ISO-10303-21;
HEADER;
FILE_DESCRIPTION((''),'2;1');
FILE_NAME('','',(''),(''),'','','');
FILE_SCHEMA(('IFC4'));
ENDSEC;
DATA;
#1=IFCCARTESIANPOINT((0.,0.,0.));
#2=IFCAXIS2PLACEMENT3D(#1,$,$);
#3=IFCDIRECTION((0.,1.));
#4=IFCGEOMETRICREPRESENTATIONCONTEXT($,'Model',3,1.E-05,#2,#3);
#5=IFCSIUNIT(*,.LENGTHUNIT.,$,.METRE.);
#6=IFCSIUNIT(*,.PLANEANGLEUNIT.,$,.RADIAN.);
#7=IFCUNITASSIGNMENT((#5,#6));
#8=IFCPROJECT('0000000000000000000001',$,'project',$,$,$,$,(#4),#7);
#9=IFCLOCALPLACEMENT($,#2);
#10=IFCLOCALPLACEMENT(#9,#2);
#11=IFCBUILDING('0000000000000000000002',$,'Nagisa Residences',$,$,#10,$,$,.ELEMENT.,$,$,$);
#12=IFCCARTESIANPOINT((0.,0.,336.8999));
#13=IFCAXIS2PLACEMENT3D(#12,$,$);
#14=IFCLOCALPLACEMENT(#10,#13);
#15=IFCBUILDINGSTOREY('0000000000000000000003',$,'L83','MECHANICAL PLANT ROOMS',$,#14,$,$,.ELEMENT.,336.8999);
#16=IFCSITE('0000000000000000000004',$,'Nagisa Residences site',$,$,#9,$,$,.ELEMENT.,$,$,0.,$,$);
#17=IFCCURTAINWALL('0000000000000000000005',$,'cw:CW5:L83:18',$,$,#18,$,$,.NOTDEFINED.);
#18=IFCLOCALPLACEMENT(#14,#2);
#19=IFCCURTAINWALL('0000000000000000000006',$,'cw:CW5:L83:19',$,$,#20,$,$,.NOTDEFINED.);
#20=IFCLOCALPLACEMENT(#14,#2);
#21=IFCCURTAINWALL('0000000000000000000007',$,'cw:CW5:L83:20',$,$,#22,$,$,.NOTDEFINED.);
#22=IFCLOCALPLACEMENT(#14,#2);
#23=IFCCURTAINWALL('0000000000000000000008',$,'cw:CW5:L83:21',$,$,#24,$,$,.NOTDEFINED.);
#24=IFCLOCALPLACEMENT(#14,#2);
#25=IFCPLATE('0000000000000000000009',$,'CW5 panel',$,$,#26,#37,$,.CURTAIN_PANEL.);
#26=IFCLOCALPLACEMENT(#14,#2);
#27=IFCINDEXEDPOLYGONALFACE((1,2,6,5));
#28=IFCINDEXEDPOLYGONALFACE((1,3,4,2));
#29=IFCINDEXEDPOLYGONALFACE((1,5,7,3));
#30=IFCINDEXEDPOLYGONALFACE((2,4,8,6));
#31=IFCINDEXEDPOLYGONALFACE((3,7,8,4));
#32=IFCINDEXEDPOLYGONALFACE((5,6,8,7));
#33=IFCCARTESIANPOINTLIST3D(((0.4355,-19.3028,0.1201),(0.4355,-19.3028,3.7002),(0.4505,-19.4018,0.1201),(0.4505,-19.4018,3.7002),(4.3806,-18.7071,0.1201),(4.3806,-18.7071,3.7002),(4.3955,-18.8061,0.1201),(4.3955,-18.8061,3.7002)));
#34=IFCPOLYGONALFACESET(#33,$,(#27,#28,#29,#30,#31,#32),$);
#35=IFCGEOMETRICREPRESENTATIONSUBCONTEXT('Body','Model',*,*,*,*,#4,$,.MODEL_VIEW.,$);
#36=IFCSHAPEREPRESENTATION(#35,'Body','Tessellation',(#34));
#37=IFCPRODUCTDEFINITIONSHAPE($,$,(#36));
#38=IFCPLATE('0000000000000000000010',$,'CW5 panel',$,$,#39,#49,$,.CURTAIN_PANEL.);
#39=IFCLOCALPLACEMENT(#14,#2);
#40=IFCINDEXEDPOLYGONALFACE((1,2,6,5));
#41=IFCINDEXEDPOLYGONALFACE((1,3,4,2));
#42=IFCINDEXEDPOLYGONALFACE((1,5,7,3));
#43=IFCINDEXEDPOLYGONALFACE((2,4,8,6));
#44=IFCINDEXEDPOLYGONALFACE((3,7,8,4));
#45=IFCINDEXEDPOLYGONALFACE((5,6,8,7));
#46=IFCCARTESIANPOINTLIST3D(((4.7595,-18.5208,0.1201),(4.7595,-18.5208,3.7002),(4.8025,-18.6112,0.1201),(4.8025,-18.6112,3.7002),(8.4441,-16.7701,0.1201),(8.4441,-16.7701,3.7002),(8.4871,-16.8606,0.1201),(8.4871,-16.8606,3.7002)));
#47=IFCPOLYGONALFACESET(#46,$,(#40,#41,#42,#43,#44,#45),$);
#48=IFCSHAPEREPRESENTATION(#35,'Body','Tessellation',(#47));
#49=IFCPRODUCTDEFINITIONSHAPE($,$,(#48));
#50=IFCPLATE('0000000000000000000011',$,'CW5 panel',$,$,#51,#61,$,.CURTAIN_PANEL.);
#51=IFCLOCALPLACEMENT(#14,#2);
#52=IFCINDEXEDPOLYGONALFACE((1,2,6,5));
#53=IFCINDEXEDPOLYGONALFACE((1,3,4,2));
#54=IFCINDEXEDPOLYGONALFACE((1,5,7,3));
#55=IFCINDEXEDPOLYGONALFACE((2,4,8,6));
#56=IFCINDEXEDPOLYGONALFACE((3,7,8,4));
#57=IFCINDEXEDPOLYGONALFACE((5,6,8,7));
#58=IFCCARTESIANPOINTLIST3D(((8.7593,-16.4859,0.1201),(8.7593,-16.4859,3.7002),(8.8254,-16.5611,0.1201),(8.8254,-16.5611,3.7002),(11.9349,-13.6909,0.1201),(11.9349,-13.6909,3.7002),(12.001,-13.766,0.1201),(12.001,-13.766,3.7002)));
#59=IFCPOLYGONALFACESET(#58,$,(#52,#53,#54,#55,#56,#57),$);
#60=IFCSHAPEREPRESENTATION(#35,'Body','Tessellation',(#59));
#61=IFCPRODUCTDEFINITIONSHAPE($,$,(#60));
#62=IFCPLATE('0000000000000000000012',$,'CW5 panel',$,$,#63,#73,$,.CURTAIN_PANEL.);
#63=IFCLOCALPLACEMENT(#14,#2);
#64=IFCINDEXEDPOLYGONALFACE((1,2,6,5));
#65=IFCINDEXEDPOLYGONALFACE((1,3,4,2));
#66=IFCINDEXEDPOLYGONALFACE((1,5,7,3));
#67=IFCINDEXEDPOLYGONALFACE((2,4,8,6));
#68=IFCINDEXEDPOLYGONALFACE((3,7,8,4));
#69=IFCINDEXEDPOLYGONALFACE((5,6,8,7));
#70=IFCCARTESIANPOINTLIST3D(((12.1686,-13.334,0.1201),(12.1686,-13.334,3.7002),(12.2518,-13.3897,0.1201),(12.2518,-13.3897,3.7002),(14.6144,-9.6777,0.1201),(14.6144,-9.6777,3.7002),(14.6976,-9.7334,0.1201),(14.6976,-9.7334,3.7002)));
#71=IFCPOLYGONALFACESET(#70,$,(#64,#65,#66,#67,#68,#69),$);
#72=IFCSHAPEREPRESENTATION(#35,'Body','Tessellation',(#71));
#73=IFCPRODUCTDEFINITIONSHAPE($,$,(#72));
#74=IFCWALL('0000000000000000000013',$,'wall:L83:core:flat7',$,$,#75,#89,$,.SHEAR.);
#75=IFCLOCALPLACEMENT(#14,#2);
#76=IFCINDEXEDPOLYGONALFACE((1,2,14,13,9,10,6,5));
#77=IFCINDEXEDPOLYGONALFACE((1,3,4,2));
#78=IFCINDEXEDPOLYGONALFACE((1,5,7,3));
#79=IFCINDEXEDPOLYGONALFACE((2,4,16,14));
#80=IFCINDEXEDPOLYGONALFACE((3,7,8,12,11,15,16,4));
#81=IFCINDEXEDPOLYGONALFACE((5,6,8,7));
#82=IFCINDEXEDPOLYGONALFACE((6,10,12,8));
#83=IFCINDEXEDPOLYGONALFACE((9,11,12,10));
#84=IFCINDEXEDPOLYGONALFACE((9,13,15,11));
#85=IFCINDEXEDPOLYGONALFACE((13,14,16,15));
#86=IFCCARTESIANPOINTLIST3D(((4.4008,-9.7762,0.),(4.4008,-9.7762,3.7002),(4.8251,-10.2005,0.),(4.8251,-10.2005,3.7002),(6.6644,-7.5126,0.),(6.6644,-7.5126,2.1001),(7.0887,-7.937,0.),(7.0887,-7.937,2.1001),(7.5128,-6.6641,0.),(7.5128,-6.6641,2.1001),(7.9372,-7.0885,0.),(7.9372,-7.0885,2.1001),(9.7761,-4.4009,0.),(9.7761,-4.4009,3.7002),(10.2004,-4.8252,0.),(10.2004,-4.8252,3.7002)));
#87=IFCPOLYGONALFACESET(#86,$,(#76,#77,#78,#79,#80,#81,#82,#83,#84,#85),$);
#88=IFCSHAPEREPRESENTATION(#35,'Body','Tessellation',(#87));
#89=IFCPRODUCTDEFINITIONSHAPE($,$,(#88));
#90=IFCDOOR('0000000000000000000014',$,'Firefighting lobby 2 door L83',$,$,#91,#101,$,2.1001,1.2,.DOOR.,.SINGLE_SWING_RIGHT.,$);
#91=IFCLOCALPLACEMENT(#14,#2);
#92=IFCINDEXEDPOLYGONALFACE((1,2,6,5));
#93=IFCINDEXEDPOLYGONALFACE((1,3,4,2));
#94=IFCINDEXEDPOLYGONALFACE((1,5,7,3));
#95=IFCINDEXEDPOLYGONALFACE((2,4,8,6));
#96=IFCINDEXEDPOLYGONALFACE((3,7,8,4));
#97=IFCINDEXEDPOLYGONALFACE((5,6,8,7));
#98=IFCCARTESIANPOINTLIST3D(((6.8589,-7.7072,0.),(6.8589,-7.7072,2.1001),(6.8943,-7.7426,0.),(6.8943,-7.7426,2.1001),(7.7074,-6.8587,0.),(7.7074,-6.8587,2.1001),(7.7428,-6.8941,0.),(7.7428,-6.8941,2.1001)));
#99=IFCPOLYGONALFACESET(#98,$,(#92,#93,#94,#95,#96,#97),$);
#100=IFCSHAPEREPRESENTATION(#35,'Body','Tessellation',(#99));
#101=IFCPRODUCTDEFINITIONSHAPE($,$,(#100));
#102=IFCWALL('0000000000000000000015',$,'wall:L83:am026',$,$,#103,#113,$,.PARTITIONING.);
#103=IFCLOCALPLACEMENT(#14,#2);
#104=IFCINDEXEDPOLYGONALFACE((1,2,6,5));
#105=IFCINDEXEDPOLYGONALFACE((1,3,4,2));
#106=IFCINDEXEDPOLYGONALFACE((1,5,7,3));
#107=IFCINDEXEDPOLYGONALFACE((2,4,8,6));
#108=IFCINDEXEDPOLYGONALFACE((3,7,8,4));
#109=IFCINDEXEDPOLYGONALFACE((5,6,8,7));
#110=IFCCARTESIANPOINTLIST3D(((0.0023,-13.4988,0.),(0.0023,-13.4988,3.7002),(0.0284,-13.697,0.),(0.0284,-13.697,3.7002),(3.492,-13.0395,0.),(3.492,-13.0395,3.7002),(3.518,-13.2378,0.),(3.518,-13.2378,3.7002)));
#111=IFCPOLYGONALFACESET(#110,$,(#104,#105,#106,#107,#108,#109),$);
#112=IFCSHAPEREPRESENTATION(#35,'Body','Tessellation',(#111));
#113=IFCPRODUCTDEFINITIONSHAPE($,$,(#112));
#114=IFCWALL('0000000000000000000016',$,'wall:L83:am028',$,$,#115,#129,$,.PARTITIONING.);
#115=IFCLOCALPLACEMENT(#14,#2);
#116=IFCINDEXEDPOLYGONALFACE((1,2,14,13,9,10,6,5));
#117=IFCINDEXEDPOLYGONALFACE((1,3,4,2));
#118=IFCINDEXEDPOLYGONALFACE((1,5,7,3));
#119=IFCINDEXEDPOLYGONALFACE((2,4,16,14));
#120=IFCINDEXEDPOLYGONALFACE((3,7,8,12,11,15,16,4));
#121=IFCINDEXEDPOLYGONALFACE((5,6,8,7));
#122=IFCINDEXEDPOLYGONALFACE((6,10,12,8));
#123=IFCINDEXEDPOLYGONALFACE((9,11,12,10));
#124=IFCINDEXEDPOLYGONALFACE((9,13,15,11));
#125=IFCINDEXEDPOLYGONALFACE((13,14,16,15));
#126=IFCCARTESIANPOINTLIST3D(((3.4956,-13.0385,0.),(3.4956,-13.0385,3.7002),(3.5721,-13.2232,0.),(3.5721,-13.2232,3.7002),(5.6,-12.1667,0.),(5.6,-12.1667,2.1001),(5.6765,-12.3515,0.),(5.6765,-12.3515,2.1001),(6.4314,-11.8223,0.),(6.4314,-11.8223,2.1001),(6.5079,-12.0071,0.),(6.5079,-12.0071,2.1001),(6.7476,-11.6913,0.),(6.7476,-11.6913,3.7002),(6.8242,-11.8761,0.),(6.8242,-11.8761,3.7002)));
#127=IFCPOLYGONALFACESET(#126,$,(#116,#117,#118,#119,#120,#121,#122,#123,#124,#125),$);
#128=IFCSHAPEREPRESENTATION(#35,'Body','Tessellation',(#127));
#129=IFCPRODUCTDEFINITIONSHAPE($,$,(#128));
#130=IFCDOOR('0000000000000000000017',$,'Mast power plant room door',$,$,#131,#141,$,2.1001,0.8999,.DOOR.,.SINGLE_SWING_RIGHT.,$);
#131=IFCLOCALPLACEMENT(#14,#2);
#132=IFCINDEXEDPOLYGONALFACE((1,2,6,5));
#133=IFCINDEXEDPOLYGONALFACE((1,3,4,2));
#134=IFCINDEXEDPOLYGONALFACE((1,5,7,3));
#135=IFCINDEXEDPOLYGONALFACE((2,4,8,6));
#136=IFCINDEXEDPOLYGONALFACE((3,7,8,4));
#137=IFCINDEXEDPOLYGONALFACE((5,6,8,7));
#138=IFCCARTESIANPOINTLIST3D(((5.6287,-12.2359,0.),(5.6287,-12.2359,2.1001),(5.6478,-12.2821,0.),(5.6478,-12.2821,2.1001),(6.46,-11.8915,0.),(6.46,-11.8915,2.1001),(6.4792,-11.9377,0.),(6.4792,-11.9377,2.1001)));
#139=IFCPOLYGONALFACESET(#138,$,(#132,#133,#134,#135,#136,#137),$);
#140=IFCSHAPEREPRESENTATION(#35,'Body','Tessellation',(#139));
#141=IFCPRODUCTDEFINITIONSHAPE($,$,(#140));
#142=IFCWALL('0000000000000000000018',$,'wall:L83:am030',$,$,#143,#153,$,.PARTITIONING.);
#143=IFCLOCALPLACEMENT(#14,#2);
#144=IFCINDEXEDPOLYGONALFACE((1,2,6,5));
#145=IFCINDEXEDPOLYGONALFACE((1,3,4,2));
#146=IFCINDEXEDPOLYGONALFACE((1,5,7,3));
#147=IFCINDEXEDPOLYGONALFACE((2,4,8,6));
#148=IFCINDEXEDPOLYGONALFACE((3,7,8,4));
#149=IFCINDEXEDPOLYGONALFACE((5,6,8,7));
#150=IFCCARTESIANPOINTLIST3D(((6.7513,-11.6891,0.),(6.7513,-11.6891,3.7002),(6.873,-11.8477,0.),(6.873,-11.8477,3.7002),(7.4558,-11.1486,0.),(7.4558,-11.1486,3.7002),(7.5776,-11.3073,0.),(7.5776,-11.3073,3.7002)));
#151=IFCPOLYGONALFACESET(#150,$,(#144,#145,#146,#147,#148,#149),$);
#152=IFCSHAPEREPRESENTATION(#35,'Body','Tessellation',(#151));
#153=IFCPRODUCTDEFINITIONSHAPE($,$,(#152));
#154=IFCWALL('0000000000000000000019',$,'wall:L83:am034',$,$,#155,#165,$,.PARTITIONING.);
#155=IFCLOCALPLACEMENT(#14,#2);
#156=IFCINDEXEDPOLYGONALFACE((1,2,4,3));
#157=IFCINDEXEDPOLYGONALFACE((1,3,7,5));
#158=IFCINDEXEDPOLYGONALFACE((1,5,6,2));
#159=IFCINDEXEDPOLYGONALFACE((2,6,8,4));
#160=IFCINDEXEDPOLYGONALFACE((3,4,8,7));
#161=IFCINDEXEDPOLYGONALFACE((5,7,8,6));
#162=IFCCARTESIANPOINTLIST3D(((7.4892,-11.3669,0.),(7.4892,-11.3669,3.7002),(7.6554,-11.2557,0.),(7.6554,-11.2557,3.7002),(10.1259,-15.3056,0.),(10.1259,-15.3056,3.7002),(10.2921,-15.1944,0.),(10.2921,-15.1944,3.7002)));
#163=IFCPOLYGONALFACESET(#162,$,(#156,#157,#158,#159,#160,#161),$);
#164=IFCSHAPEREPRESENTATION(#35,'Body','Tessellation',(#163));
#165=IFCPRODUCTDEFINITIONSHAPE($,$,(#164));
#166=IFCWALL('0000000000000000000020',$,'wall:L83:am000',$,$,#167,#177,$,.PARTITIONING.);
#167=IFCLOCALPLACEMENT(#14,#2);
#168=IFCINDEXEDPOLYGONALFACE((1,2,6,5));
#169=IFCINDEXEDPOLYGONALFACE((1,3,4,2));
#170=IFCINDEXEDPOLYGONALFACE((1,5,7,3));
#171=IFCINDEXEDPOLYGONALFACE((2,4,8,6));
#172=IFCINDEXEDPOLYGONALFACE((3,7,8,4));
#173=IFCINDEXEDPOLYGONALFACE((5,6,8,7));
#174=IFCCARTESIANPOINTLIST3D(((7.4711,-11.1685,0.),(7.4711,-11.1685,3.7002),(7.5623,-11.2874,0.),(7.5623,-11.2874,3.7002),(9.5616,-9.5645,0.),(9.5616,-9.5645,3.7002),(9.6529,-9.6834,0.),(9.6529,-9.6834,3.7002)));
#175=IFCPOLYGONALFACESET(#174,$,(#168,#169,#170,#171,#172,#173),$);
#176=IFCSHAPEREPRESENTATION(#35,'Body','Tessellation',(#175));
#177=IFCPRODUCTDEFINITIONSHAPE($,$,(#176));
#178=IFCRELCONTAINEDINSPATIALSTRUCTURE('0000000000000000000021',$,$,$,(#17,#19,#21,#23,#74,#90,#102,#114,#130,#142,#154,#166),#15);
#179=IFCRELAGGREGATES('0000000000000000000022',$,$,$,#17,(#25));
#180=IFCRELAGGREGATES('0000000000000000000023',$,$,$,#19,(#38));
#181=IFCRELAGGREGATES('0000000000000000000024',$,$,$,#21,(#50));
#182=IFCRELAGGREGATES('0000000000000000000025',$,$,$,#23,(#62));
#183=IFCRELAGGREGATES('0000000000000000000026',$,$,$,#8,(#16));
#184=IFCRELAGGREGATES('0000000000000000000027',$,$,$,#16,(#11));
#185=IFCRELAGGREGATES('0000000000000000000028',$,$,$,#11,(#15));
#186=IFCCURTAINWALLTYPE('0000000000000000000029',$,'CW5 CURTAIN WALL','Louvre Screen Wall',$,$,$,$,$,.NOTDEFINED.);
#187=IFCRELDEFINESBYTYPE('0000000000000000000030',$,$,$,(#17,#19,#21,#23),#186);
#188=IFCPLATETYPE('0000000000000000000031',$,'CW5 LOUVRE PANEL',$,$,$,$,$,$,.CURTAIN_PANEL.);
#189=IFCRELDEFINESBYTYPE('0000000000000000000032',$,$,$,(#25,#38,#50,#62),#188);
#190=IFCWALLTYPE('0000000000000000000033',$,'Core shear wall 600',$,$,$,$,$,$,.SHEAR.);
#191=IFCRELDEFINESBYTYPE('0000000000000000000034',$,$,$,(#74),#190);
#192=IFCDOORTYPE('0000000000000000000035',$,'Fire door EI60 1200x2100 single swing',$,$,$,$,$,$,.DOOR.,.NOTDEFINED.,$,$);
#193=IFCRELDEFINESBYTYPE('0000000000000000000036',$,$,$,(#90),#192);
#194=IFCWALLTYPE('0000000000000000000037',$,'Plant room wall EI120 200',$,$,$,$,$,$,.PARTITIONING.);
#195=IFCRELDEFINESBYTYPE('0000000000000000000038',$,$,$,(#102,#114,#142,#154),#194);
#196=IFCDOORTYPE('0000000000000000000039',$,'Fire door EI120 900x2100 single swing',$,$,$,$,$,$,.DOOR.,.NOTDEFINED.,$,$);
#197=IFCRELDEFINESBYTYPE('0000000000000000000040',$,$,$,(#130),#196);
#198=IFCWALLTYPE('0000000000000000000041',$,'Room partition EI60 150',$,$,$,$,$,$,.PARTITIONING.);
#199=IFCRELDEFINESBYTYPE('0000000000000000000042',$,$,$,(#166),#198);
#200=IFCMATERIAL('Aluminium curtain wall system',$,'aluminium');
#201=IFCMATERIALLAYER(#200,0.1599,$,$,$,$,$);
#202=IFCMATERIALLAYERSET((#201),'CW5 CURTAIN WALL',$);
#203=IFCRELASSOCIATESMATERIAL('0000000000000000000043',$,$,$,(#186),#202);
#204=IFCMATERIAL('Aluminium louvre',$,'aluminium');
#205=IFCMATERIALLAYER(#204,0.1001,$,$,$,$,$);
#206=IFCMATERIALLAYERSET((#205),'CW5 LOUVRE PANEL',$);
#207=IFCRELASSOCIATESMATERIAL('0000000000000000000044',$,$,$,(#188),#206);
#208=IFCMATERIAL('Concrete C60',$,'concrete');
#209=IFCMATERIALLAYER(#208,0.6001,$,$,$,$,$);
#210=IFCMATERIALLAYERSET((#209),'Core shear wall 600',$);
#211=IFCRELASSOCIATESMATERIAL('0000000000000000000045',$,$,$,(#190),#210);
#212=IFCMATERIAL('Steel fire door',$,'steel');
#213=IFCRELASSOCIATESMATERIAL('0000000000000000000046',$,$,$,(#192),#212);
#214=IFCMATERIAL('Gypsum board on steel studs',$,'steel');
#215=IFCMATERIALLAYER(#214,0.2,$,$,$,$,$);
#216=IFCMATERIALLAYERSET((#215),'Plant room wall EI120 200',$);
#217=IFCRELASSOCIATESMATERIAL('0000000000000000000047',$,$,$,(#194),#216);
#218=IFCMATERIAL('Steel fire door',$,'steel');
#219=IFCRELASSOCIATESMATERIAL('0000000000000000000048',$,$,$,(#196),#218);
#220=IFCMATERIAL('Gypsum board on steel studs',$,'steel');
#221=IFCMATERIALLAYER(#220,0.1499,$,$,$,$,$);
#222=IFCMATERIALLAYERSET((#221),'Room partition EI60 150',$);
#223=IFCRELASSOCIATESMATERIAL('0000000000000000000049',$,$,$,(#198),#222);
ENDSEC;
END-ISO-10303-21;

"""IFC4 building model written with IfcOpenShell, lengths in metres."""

from ifc_helpers import new_model, si_unit, direction, frame, frame_2d, origin, origin_2d, place, context, subcontext, project, spatial, rectangle, extrude, material, layer, layer_set, type_object, element, fill, aggregate, save


model = new_model("IFC4")

# Units and contexts
model_context = context("Model", 3, precision=1e-05, world=origin(), true_north=direction((0.0, 1.0)))
body_context = subcontext(model_context, "Body", "Model", "MODEL_VIEW")
ifc_project = project(units=[si_unit("LENGTHUNIT", "METRE"), si_unit("PLANEANGLEUNIT", "RADIAN")], contexts=[model_context])

# Site, building, storey
site_placement = place(None, origin())
site = spatial("IfcSite", under=ifc_project, at=site_placement, Name="Nagisa Residences site", CompositionType="ELEMENT", RefElevation=0.0)
building_placement = place(site_placement, origin())
building = spatial("IfcBuilding", under=site, at=building_placement, Name="Nagisa Residences", CompositionType="ELEMENT")
storey_placement = place(building_placement, frame((0.0, 0.0, 336.8999)))
storey = spatial("IfcBuildingStorey", under=building, at=storey_placement, Name="L83", Description="MECHANICAL PLANT ROOMS", CompositionType="ELEMENT", Elevation=336.8999)

# Curtain walls
ifc_material_1 = material(Name="Aluminium curtain wall system", Category="aluminium")
ifc_layer_1 = layer(ifc_material_1, 0.1599)
ifc_layer_set_1 = layer_set([ifc_layer_1], Name="CW5 CURTAIN WALL")
curtain_wall_type = type_object("IfcCurtainWallType", Name="CW5 CURTAIN WALL", Description="Louvre Screen Wall", PredefinedType="NOTDEFINED", material=ifc_layer_set_1)
curtain_wall_1_placement = place(storey_placement, origin())
curtain_wall_1 = element("IfcCurtainWall", 1, at=curtain_wall_1_placement, inside=storey, type_object=curtain_wall_type, Name="cw:CW5:L83:18", PredefinedType="NOTDEFINED")
curtain_wall_2_placement = place(storey_placement, origin())
curtain_wall_2 = element("IfcCurtainWall", 2, at=curtain_wall_2_placement, inside=storey, type_object=curtain_wall_type, Name="cw:CW5:L83:19", PredefinedType="NOTDEFINED")
curtain_wall_3_placement = place(storey_placement, origin())
curtain_wall_3 = element("IfcCurtainWall", 3, at=curtain_wall_3_placement, inside=storey, type_object=curtain_wall_type, Name="cw:CW5:L83:20", PredefinedType="NOTDEFINED")
curtain_wall_4_placement = place(storey_placement, origin())
curtain_wall_4 = element("IfcCurtainWall", 4, at=curtain_wall_4_placement, inside=storey, type_object=curtain_wall_type, Name="cw:CW5:L83:21", PredefinedType="NOTDEFINED")

# Plates
ifc_material_2 = material(Name="Aluminium louvre", Category="aluminium")
ifc_layer_2 = layer(ifc_material_2, 0.1001)
ifc_layer_set_2 = layer_set([ifc_layer_2], Name="CW5 LOUVRE PANEL")
plate_type = type_object("IfcPlateType", Name="CW5 LOUVRE PANEL", PredefinedType="CURTAIN_PANEL", material=ifc_layer_set_2)
plate_1_placement = place(storey_placement, frame((2.4155, -19.0544, 0.1201), z_axis=(0.0, 0.0, 1.0), x_axis=(0.988789, 0.14932, 0.0)))
plate_1 = element("IfcPlate", 5, at=plate_1_placement, type_object=plate_type, Name="CW5 panel", PredefinedType="CURTAIN_PANEL", context=body_context, shape_type="SweptSolid", body=[
    extrude(rectangle(XDim=3.9897, YDim=0.1001, at=origin_2d()), origin(), (0.0, 0.0, 1.0), 3.5801),
])
aggregate(curtain_wall_1, [plate_1])
plate_2_placement = place(storey_placement, frame((6.6233, -17.6907, 0.1201), z_axis=(0.0, 0.0, 1.0), x_axis=(0.903233, 0.429151, 0.0)))
plate_2 = element("IfcPlate", 6, at=plate_2_placement, type_object=plate_type, Name="CW5 panel", PredefinedType="CURTAIN_PANEL", context=body_context, shape_type="SweptSolid", body=[
    extrude(rectangle(XDim=4.0793, YDim=0.1001, at=origin_2d()), origin(), (0.0, 0.0, 1.0), 3.5801),
])
aggregate(curtain_wall_2, [plate_2])
plate_3_placement = place(storey_placement, frame((10.3801, -15.126, 0.1201), z_axis=(0.0, 0.0, 1.0), x_axis=(0.750651, 0.660699, 0.0)))
plate_3 = element("IfcPlate", 7, at=plate_3_placement, type_object=plate_type, Name="CW5 panel", PredefinedType="CURTAIN_PANEL", context=body_context, shape_type="SweptSolid", body=[
    extrude(rectangle(XDim=4.2305, YDim=0.1001, at=origin_2d()), origin(), (0.0, 0.0, 1.0), 3.5801),
])
aggregate(curtain_wall_3, [plate_3])
plate_4_placement = place(storey_placement, frame((13.4331, -11.5337, 0.1201), z_axis=(0.0, 0.0, 1.0), x_axis=(0.556014, 0.831173, 0.0)))
plate_4 = element("IfcPlate", 8, at=plate_4_placement, type_object=plate_type, Name="CW5 panel", PredefinedType="CURTAIN_PANEL", context=body_context, shape_type="SweptSolid", body=[
    extrude(rectangle(XDim=4.3989, YDim=0.1001, at=origin_2d()), origin(), (0.0, 0.0, 1.0), 3.5801),
])
aggregate(curtain_wall_4, [plate_4])

# Wall, opening, door
ifc_material_3 = material(Name="Concrete C60", Category="concrete")
ifc_layer_3 = layer(ifc_material_3, 0.6001)
ifc_layer_set_3 = layer_set([ifc_layer_3], Name="Core shear wall 600")
wall_type_1 = type_object("IfcWallType", Name="Core shear wall 600", PredefinedType="SHEAR", material=ifc_layer_set_3)
wall_1_placement = place(storey_placement, frame((4.613, -9.9883, 0.0), z_axis=(0.0, 0.0, 1.0), x_axis=(0.707107, 0.707107, 0.0)))
wall_1 = element("IfcWall", 9, at=wall_1_placement, inside=storey, type_object=wall_type_1, Name="wall:L83:core:flat7", PredefinedType="SHEAR", context=body_context, shape_type="SweptSolid", body=[
    extrude(rectangle(XDim=7.6018, YDim=0.6001, at=frame_2d((3.8008, 0.0))), origin(), (0.0, 0.0, 1.0), 3.7002),
])
opening_1_placement = place(wall_1_placement, frame((3.2009, 0.0, 0.0)))
opening_1 = element("IfcOpeningElement", 10, at=opening_1_placement, cuts=wall_1, PredefinedType="OPENING", context=body_context, shape_type="SweptSolid", body=[
    extrude(rectangle(XDim=1.2, YDim=2.1001, at=frame_2d((0.6001, 1.05))), frame((0.0, 0.3101, 0.0), z_axis=(0.0, -1.0, 0.0), x_axis=(1.0, 0.0, 0.0)), (0.0, 0.0, 1.0), 0.6201),
])
ifc_material_4 = material(Name="Steel fire door", Category="steel")
door_type_1 = type_object("IfcDoorType", Name="Fire door EI60 1200x2100 single swing", OperationType="NOTDEFINED", PredefinedType="DOOR", material=ifc_material_4)
door_1_placement = place(opening_1_placement, origin())
door_1 = element("IfcDoor", 11, at=door_1_placement, inside=storey, type_object=door_type_1, Name="Firefighting lobby 2 door L83", OperationType="SINGLE_SWING_RIGHT", OverallHeight=2.1001, OverallWidth=1.2, PredefinedType="DOOR", context=body_context, shape_type="SweptSolid", body=[
    extrude(rectangle(XDim=1.2, YDim=2.1001, at=frame_2d((0.6001, 1.05))), frame((0.0, 0.0249, 0.0), z_axis=(0.0, -1.0, 0.0), x_axis=(1.0, 0.0, 0.0)), (0.0, 0.0, 1.0), 0.05),
])
fill(opening_1, door_1)

# Wall
ifc_material_5 = material(Name="Gypsum board on steel studs", Category="steel")
ifc_layer_4 = layer(ifc_material_5, 0.2)
ifc_layer_set_4 = layer_set([ifc_layer_4], Name="Plant room wall EI120 200")
wall_type_2 = type_object("IfcWallType", Name="Plant room wall EI120 200", PredefinedType="PARTITIONING", material=ifc_layer_set_4)
wall_2_placement = place(storey_placement, frame((3.5049, -13.1387, 0.0), z_axis=(0.0, 0.0, 1.0), x_axis=(-0.991452, -0.130469, 0.0)))
element("IfcWall", 12, at=wall_2_placement, inside=storey, type_object=wall_type_2, Name="wall:L83:am026", PredefinedType="PARTITIONING", context=body_context, shape_type="SweptSolid", body=[
    extrude(rectangle(XDim=3.5198, YDim=0.2, at=frame_2d((1.7598, 0.0))), origin(), (0.0, 0.0, 1.0), 3.7002),
])

# Wall, opening, door
wall_3_placement = place(storey_placement, frame((6.7859, -11.7837, 0.0), z_axis=(0.0, 0.0, 1.0), x_axis=(-0.923863, -0.382723, 0.0)))
wall_3 = element("IfcWall", 13, at=wall_3_placement, inside=storey, type_object=wall_type_2, Name="wall:L83:am028", PredefinedType="PARTITIONING", context=body_context, shape_type="SweptSolid", body=[
    extrude(rectangle(XDim=3.52, YDim=0.2, at=frame_2d((1.76, 0.0))), origin(), (0.0, 0.0, 1.0), 3.7002),
])
opening_2_placement = place(wall_3_placement, frame((0.3423, 0.0, 0.0)))
opening_2 = element("IfcOpeningElement", 14, at=opening_2_placement, cuts=wall_3, PredefinedType="OPENING", context=body_context, shape_type="SweptSolid", body=[
    extrude(rectangle(XDim=0.8999, YDim=2.1001, at=frame_2d((0.45, 1.05))), frame((0.0, 0.1099, 0.0), z_axis=(0.0, -1.0, 0.0), x_axis=(1.0, 0.0, 0.0)), (0.0, 0.0, 1.0), 0.22),
])
ifc_material_6 = material(Name="Steel fire door", Category="steel")
door_type_2 = type_object("IfcDoorType", Name="Fire door EI120 900x2100 single swing", OperationType="NOTDEFINED", PredefinedType="DOOR", material=ifc_material_6)
door_2_placement = place(opening_2_placement, origin())
door_2 = element("IfcDoor", 15, at=door_2_placement, inside=storey, type_object=door_type_2, Name="Mast power plant room door", OperationType="SINGLE_SWING_RIGHT", OverallHeight=2.1001, OverallWidth=0.8999, PredefinedType="DOOR", context=body_context, shape_type="SweptSolid", body=[
    extrude(rectangle(XDim=0.8999, YDim=2.1001, at=frame_2d((0.45, 1.05))), frame((0.0, 0.0249, 0.0), z_axis=(0.0, -1.0, 0.0), x_axis=(1.0, 0.0, 0.0)), (0.0, 0.0, 1.0), 0.05),
])
fill(opening_2, door_2)

# Walls
wall_4_placement = place(storey_placement, frame((7.5166, -11.228, 0.0), z_axis=(0.0, 0.0, 1.0), x_axis=(-0.79342, -0.608674, 0.0)))
element("IfcWall", 16, at=wall_4_placement, inside=storey, type_object=wall_type_2, Name="wall:L83:am030", PredefinedType="PARTITIONING", context=body_context, shape_type="SweptSolid", body=[
    extrude(rectangle(XDim=0.8879, YDim=0.2, at=frame_2d((0.4438, 0.0))), origin(), (0.0, 0.0, 1.0), 3.7002),
])
wall_5_placement = place(storey_placement, frame((10.209, -15.25, 0.0), z_axis=(0.0, 0.0, 1.0), x_axis=(-0.556292, 0.830987, 0.0)))
element("IfcWall", 17, at=wall_5_placement, inside=storey, type_object=wall_type_2, Name="wall:L83:am034", PredefinedType="PARTITIONING", context=body_context, shape_type="SweptSolid", body=[
    extrude(rectangle(XDim=4.7397, YDim=0.2, at=frame_2d((2.3699, 0.0))), origin(), (0.0, 0.0, 1.0), 3.7002),
])
ifc_material_7 = material(Name="Gypsum board on steel studs", Category="steel")
ifc_layer_5 = layer(ifc_material_7, 0.1499)
ifc_layer_set_5 = layer_set([ifc_layer_5], Name="Room partition EI60 150")
wall_type_3 = type_object("IfcWallType", Name="Room partition EI60 150", PredefinedType="PARTITIONING", material=ifc_layer_set_5)
wall_6_placement = place(storey_placement, frame((9.6072, -9.624, 0.0), z_axis=(0.0, 0.0, 1.0), x_axis=(-0.793381, -0.608725, 0.0)))
element("IfcWall", 18, at=wall_6_placement, inside=storey, type_object=wall_type_3, Name="wall:L83:am000", PredefinedType="PARTITIONING", context=body_context, shape_type="SweptSolid", body=[
    extrude(rectangle(XDim=2.635, YDim=0.1499, at=frame_2d((1.3174, 0.0))), origin(), (0.0, 0.0, 1.0), 3.7002),
])

save(model, "model.ifc")
